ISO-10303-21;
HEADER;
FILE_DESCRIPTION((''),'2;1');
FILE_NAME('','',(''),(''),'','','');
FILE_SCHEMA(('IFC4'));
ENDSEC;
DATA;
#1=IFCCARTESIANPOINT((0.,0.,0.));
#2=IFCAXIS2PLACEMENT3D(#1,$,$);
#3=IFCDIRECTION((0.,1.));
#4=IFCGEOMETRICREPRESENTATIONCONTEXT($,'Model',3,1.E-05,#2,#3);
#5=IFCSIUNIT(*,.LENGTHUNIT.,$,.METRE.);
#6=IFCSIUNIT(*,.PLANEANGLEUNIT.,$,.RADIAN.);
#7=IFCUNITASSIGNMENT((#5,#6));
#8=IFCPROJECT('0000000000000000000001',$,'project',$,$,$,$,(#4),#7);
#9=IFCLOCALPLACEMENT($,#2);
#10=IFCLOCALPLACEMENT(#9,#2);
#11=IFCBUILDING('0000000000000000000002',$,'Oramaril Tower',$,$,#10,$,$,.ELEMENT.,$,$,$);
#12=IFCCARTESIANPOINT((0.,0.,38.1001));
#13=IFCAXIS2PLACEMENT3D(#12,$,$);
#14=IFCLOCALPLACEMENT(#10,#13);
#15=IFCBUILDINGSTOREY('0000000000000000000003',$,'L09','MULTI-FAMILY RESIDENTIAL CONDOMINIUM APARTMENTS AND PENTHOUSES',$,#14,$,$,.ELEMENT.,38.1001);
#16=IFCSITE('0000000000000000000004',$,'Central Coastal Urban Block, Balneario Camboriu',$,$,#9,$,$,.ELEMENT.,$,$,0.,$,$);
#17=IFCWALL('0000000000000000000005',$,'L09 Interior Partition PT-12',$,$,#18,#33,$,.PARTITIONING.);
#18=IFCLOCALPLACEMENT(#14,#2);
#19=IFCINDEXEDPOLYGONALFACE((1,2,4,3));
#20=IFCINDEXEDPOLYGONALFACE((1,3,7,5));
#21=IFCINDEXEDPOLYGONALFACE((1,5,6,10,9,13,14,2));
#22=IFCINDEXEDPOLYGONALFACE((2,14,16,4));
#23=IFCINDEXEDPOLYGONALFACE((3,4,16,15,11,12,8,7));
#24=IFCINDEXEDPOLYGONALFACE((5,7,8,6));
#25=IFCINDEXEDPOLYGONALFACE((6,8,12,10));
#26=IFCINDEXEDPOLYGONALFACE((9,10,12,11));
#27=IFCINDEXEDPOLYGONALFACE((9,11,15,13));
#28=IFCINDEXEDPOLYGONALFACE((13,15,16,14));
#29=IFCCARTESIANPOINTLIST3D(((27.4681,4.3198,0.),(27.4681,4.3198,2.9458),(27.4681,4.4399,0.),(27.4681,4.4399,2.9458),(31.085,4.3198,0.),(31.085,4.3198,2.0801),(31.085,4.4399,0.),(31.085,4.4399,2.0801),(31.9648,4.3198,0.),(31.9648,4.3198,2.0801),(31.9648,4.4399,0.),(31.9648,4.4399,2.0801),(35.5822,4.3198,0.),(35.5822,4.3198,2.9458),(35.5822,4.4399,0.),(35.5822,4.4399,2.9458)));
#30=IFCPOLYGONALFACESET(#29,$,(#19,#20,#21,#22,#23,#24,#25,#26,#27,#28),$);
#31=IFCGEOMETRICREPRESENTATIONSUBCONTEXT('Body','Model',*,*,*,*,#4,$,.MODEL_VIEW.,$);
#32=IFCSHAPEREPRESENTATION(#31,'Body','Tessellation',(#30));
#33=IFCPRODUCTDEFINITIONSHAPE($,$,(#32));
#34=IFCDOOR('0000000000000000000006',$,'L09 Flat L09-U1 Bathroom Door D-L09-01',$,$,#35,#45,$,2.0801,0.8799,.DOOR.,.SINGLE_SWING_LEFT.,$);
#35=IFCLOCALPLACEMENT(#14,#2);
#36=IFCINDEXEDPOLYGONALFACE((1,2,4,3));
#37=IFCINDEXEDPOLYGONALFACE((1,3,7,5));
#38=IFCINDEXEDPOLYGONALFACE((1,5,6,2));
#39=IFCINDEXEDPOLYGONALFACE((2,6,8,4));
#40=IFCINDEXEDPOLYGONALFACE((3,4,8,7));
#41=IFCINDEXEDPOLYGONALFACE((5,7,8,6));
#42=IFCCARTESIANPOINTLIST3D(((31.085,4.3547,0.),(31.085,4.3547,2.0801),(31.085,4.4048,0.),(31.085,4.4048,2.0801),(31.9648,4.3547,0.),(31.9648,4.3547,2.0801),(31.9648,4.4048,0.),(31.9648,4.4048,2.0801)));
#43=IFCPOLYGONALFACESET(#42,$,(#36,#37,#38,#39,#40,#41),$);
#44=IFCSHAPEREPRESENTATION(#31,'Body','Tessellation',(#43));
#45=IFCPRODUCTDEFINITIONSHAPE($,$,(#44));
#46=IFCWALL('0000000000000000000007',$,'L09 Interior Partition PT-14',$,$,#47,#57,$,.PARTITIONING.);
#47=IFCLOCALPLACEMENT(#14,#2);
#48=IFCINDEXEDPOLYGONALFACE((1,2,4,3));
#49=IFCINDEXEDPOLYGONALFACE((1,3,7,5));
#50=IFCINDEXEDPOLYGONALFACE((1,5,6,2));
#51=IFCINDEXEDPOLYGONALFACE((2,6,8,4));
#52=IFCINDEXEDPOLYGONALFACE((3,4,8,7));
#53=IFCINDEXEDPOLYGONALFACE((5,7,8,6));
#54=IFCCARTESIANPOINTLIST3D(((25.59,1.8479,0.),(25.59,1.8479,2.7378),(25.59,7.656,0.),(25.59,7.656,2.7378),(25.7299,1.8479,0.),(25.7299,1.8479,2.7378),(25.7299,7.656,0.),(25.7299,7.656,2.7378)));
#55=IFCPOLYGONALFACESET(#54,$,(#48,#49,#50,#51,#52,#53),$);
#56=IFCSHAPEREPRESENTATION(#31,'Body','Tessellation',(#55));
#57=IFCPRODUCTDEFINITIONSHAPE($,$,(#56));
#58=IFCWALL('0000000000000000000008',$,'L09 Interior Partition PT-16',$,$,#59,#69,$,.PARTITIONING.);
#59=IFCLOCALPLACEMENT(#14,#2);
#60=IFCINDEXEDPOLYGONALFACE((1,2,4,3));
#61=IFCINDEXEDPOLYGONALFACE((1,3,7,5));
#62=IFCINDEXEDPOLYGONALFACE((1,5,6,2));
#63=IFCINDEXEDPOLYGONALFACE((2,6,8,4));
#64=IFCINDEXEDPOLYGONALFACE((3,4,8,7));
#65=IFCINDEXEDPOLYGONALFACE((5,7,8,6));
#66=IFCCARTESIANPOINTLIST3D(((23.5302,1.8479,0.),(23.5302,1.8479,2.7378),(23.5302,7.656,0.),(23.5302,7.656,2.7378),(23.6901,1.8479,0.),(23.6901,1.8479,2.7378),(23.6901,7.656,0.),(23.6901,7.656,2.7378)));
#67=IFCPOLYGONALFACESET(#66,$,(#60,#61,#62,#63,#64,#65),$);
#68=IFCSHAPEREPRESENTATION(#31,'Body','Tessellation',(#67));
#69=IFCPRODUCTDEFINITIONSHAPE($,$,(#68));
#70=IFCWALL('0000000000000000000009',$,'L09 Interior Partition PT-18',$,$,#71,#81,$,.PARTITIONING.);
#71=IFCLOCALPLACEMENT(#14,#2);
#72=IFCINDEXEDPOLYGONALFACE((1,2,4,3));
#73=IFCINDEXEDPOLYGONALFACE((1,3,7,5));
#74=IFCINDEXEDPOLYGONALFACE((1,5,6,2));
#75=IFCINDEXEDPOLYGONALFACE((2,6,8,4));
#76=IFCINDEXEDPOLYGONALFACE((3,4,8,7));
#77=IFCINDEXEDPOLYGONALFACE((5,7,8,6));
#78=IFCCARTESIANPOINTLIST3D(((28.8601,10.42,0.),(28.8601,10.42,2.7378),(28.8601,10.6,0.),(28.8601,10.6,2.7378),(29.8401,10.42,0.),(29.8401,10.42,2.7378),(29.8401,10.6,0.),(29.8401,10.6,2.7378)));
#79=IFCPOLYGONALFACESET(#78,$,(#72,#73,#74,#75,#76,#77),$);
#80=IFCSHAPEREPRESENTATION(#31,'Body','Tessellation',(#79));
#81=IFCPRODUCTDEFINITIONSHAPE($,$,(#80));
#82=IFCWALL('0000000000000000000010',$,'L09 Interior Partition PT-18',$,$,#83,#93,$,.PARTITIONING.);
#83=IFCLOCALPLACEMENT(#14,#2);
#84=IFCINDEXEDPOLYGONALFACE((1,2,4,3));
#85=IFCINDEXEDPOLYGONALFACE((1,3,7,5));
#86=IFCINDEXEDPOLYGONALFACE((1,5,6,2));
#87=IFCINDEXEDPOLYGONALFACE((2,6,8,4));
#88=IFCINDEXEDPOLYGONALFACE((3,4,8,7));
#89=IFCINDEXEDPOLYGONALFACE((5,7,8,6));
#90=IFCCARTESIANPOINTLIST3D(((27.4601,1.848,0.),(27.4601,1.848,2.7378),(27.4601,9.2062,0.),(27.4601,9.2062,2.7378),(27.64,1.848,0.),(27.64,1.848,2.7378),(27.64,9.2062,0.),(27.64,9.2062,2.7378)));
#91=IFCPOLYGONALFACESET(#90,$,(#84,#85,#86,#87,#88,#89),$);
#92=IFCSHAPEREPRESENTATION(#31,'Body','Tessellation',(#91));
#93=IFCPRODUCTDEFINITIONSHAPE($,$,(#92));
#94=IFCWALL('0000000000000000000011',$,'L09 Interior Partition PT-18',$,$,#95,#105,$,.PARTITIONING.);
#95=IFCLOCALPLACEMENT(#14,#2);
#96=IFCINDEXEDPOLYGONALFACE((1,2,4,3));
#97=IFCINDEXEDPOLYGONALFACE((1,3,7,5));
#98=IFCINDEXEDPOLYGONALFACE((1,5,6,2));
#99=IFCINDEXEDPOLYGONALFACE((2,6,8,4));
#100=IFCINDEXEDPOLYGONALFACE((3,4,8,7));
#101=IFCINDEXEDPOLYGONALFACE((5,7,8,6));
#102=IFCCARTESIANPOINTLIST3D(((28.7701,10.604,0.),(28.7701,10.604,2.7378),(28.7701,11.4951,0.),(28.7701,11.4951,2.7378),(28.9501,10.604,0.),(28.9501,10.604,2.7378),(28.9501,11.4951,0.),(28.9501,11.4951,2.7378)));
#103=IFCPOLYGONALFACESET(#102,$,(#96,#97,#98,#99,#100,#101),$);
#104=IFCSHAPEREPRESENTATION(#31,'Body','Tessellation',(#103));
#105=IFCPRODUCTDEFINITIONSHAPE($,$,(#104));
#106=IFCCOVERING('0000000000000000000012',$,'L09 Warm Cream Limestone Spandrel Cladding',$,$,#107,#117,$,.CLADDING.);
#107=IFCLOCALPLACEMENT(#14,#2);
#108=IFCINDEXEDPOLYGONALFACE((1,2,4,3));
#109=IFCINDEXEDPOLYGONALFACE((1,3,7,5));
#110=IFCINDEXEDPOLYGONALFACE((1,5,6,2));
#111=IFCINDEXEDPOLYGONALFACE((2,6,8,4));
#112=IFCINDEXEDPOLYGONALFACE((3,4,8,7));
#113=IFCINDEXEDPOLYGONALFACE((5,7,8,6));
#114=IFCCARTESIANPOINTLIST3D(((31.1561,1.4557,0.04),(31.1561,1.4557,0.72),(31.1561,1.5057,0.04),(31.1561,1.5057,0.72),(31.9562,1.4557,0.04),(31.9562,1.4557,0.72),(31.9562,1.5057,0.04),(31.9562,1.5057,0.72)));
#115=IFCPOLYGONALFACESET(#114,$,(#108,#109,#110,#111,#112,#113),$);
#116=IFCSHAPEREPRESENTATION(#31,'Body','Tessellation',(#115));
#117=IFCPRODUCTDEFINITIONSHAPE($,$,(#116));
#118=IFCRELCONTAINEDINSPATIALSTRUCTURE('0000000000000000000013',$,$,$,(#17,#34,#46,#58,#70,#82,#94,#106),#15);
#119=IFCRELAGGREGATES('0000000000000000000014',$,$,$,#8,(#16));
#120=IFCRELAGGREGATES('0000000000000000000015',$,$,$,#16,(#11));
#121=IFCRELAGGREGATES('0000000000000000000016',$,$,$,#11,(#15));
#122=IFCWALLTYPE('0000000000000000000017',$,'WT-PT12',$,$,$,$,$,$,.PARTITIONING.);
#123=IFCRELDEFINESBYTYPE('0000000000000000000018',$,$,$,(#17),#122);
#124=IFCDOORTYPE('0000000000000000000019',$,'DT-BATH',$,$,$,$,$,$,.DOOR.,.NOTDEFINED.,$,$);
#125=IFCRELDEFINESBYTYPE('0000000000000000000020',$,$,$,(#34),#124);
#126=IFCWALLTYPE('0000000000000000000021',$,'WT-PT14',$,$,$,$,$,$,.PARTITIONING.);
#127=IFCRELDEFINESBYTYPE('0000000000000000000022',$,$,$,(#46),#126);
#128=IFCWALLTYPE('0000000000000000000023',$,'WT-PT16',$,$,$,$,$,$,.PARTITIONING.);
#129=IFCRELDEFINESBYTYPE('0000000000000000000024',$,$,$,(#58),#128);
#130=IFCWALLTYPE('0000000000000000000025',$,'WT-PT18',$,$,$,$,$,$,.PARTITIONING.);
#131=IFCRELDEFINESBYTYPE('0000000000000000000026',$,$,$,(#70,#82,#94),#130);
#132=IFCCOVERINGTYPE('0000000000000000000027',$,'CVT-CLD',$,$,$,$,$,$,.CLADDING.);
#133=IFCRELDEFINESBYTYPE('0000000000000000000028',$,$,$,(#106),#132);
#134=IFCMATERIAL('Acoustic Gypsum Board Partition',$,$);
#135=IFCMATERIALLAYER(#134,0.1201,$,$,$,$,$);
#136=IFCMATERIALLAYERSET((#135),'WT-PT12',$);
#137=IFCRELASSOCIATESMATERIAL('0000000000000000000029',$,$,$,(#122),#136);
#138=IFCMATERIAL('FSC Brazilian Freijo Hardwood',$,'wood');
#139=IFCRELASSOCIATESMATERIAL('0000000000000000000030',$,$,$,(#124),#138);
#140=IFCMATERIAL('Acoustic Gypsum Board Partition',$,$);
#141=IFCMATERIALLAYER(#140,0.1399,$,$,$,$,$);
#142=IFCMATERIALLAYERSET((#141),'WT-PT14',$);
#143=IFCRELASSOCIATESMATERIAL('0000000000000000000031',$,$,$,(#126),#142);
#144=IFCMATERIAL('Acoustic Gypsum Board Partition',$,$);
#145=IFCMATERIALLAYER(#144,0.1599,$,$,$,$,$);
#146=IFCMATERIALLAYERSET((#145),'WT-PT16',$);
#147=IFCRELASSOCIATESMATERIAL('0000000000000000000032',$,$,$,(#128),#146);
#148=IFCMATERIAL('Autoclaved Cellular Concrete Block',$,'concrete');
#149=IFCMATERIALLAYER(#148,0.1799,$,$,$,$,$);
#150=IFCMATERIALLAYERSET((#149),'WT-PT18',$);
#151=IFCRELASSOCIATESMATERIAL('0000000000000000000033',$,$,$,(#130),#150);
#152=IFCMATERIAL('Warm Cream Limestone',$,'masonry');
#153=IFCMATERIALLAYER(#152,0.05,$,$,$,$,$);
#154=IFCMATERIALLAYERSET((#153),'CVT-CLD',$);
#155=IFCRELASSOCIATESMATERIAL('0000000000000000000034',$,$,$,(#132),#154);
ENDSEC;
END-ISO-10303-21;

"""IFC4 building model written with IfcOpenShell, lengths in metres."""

from ifc_helpers import new_model, si_unit, direction, frame, frame_2d, origin, origin_2d, place, context, subcontext, project, spatial, rectangle, extrude, material, layer, layer_set, type_object, element, fill, save


model = new_model("IFC4")

# Units and contexts
model_context = context("Model", 3, precision=1e-05, world=origin(), true_north=direction((0.0, 1.0)))
body_context = subcontext(model_context, "Body", "Model", "MODEL_VIEW")
ifc_project = project(units=[si_unit("LENGTHUNIT", "METRE"), si_unit("PLANEANGLEUNIT", "RADIAN")], contexts=[model_context])

# Site, building, storey
site_placement = place(None, origin())
site = spatial("IfcSite", under=ifc_project, at=site_placement, Name="Central Coastal Urban Block, Balneario Camboriu", CompositionType="ELEMENT", RefElevation=0.0)
building_placement = place(site_placement, origin())
building = spatial("IfcBuilding", under=site, at=building_placement, Name="Oramaril Tower", CompositionType="ELEMENT")
storey_placement = place(building_placement, frame((0.0, 0.0, 38.1001)))
storey = spatial("IfcBuildingStorey", under=building, at=storey_placement, Name="L09", Description="MULTI-FAMILY RESIDENTIAL CONDOMINIUM APARTMENTS AND PENTHOUSES", CompositionType="ELEMENT", Elevation=38.1001)

# Wall, opening, door
ifc_material_1 = material(Name="Acoustic Gypsum Board Partition")
ifc_layer_1 = layer(ifc_material_1, 0.1201)
ifc_layer_set_1 = layer_set([ifc_layer_1], Name="WT-PT12")
wall_type_1 = type_object("IfcWallType", Name="WT-PT12", PredefinedType="PARTITIONING", material=ifc_layer_set_1)
wall_1_placement = place(storey_placement, frame((27.468, 4.3799, 0.0), z_axis=(0.0, 0.0, 1.0), x_axis=(1.0, 0.0, 0.0)))
wall_1 = element("IfcWall", 1, at=wall_1_placement, inside=storey, type_object=wall_type_1, Name="L09 Interior Partition PT-12", PredefinedType="PARTITIONING", context=body_context, shape_type="SweptSolid", body=[
    extrude(rectangle(XDim=8.114, YDim=0.1201, at=frame_2d((4.0571, 0.0))), origin(), (0.0, 0.0, 1.0), 2.9458),
])
opening_placement = place(wall_1_placement, frame((3.6169, 0.0, 0.0)))
opening = element("IfcOpeningElement", 2, at=opening_placement, cuts=wall_1, PredefinedType="OPENING", context=body_context, shape_type="SweptSolid", body=[
    extrude(rectangle(XDim=0.8799, YDim=2.0801, at=frame_2d((0.4399, 1.04))), frame((0.0, 0.0601, 0.0), z_axis=(0.0, -1.0, 0.0), x_axis=(1.0, 0.0, 0.0)), (0.0, 0.0, 1.0), 0.1201),
])
ifc_material_2 = material(Name="FSC Brazilian Freijo Hardwood", Category="wood")
door_type = type_object("IfcDoorType", Name="DT-BATH", OperationType="NOTDEFINED", PredefinedType="DOOR", material=ifc_material_2)
door_placement = place(opening_placement, origin())
door = element("IfcDoor", 3, at=door_placement, inside=storey, type_object=door_type, Name="L09 Flat L09-U1 Bathroom Door D-L09-01", OperationType="SINGLE_SWING_LEFT", OverallHeight=2.0801, OverallWidth=0.8799, PredefinedType="DOOR", context=body_context, shape_type="SweptSolid", body=[
    extrude(rectangle(XDim=0.8799, YDim=2.0801, at=frame_2d((0.4399, 1.04))), frame((0.0, 0.0249, 0.0), z_axis=(0.0, -1.0, 0.0), x_axis=(1.0, 0.0, 0.0)), (0.0, 0.0, 1.0), 0.05),
])
fill(opening, door)

# Walls
ifc_material_3 = material(Name="Acoustic Gypsum Board Partition")
ifc_layer_2 = layer(ifc_material_3, 0.1399)
ifc_layer_set_2 = layer_set([ifc_layer_2], Name="WT-PT14")
wall_type_2 = type_object("IfcWallType", Name="WT-PT14", PredefinedType="PARTITIONING", material=ifc_layer_set_2)
wall_2_placement = place(storey_placement, frame((25.6599, 1.8479, 0.0), z_axis=(0.0, 0.0, 1.0), x_axis=(0.0, 1.0, 0.0)))
element("IfcWall", 4, at=wall_2_placement, inside=storey, type_object=wall_type_2, Name="L09 Interior Partition PT-14", PredefinedType="PARTITIONING", context=body_context, shape_type="SweptSolid", body=[
    extrude(rectangle(XDim=5.8081, YDim=0.1399, at=frame_2d((2.9041, 0.0))), origin(), (0.0, 0.0, 1.0), 2.7378),
])
ifc_material_4 = material(Name="Acoustic Gypsum Board Partition")
ifc_layer_3 = layer(ifc_material_4, 0.1599)
ifc_layer_set_3 = layer_set([ifc_layer_3], Name="WT-PT16")
wall_type_3 = type_object("IfcWallType", Name="WT-PT16", PredefinedType="PARTITIONING", material=ifc_layer_set_3)
wall_3_placement = place(storey_placement, frame((23.6101, 1.8479, 0.0), z_axis=(0.0, 0.0, 1.0), x_axis=(0.0, 1.0, 0.0)))
element("IfcWall", 5, at=wall_3_placement, inside=storey, type_object=wall_type_3, Name="L09 Interior Partition PT-16", PredefinedType="PARTITIONING", context=body_context, shape_type="SweptSolid", body=[
    extrude(rectangle(XDim=5.8081, YDim=0.1599, at=frame_2d((2.9041, 0.0))), origin(), (0.0, 0.0, 1.0), 2.7378),
])
ifc_material_5 = material(Name="Autoclaved Cellular Concrete Block", Category="concrete")
ifc_layer_4 = layer(ifc_material_5, 0.1799)
ifc_layer_set_4 = layer_set([ifc_layer_4], Name="WT-PT18")
wall_type_4 = type_object("IfcWallType", Name="WT-PT18", PredefinedType="PARTITIONING", material=ifc_layer_set_4)
wall_4_placement = place(storey_placement, frame((28.8601, 10.51, 0.0), z_axis=(0.0, 0.0, 1.0), x_axis=(1.0, 0.0, 0.0)))
element("IfcWall", 6, at=wall_4_placement, inside=storey, type_object=wall_type_4, Name="L09 Interior Partition PT-18", PredefinedType="PARTITIONING", context=body_context, shape_type="SweptSolid", body=[
    extrude(rectangle(XDim=0.98, YDim=0.1799, at=frame_2d((0.49, 0.0))), origin(), (0.0, 0.0, 1.0), 2.7378),
])
wall_5_placement = place(storey_placement, frame((27.55, 1.8479, 0.0), z_axis=(0.0, 0.0, 1.0), x_axis=(0.0, 1.0, 0.0)))
element("IfcWall", 7, at=wall_5_placement, inside=storey, type_object=wall_type_4, Name="L09 Interior Partition PT-18", PredefinedType="PARTITIONING", context=body_context, shape_type="SweptSolid", body=[
    extrude(rectangle(XDim=7.3582, YDim=0.1799, at=frame_2d((3.6792, 0.0))), origin(), (0.0, 0.0, 1.0), 2.7378),
])
wall_6_placement = place(storey_placement, frame((28.8601, 10.604, 0.0), z_axis=(0.0, 0.0, 1.0), x_axis=(0.0, 1.0, 0.0)))
element("IfcWall", 8, at=wall_6_placement, inside=storey, type_object=wall_type_4, Name="L09 Interior Partition PT-18", PredefinedType="PARTITIONING", context=body_context, shape_type="SweptSolid", body=[
    extrude(rectangle(XDim=0.8911, YDim=0.1799, at=frame_2d((0.4456, 0.0))), origin(), (0.0, 0.0, 1.0), 2.7378),
])

# Covering
ifc_material_6 = material(Name="Warm Cream Limestone", Category="masonry")
ifc_layer_5 = layer(ifc_material_6, 0.05)
ifc_layer_set_5 = layer_set([ifc_layer_5], Name="CVT-CLD")
covering_type = type_object("IfcCoveringType", Name="CVT-CLD", PredefinedType="CLADDING", material=ifc_layer_set_5)
covering_placement = place(storey_placement, frame((31.5562, 1.4807, 0.04), z_axis=(0.0, 0.0, 1.0), x_axis=(1.0, 0.0, 0.0)))
element("IfcCovering", 9, at=covering_placement, inside=storey, type_object=covering_type, Name="L09 Warm Cream Limestone Spandrel Cladding", PredefinedType="CLADDING", context=body_context, shape_type="SweptSolid", body=[
    extrude(rectangle(XDim=0.8, YDim=0.05, at=origin_2d()), origin(), (0.0, 0.0, 1.0), 0.6799),
])

save(model, "model.ifc")
